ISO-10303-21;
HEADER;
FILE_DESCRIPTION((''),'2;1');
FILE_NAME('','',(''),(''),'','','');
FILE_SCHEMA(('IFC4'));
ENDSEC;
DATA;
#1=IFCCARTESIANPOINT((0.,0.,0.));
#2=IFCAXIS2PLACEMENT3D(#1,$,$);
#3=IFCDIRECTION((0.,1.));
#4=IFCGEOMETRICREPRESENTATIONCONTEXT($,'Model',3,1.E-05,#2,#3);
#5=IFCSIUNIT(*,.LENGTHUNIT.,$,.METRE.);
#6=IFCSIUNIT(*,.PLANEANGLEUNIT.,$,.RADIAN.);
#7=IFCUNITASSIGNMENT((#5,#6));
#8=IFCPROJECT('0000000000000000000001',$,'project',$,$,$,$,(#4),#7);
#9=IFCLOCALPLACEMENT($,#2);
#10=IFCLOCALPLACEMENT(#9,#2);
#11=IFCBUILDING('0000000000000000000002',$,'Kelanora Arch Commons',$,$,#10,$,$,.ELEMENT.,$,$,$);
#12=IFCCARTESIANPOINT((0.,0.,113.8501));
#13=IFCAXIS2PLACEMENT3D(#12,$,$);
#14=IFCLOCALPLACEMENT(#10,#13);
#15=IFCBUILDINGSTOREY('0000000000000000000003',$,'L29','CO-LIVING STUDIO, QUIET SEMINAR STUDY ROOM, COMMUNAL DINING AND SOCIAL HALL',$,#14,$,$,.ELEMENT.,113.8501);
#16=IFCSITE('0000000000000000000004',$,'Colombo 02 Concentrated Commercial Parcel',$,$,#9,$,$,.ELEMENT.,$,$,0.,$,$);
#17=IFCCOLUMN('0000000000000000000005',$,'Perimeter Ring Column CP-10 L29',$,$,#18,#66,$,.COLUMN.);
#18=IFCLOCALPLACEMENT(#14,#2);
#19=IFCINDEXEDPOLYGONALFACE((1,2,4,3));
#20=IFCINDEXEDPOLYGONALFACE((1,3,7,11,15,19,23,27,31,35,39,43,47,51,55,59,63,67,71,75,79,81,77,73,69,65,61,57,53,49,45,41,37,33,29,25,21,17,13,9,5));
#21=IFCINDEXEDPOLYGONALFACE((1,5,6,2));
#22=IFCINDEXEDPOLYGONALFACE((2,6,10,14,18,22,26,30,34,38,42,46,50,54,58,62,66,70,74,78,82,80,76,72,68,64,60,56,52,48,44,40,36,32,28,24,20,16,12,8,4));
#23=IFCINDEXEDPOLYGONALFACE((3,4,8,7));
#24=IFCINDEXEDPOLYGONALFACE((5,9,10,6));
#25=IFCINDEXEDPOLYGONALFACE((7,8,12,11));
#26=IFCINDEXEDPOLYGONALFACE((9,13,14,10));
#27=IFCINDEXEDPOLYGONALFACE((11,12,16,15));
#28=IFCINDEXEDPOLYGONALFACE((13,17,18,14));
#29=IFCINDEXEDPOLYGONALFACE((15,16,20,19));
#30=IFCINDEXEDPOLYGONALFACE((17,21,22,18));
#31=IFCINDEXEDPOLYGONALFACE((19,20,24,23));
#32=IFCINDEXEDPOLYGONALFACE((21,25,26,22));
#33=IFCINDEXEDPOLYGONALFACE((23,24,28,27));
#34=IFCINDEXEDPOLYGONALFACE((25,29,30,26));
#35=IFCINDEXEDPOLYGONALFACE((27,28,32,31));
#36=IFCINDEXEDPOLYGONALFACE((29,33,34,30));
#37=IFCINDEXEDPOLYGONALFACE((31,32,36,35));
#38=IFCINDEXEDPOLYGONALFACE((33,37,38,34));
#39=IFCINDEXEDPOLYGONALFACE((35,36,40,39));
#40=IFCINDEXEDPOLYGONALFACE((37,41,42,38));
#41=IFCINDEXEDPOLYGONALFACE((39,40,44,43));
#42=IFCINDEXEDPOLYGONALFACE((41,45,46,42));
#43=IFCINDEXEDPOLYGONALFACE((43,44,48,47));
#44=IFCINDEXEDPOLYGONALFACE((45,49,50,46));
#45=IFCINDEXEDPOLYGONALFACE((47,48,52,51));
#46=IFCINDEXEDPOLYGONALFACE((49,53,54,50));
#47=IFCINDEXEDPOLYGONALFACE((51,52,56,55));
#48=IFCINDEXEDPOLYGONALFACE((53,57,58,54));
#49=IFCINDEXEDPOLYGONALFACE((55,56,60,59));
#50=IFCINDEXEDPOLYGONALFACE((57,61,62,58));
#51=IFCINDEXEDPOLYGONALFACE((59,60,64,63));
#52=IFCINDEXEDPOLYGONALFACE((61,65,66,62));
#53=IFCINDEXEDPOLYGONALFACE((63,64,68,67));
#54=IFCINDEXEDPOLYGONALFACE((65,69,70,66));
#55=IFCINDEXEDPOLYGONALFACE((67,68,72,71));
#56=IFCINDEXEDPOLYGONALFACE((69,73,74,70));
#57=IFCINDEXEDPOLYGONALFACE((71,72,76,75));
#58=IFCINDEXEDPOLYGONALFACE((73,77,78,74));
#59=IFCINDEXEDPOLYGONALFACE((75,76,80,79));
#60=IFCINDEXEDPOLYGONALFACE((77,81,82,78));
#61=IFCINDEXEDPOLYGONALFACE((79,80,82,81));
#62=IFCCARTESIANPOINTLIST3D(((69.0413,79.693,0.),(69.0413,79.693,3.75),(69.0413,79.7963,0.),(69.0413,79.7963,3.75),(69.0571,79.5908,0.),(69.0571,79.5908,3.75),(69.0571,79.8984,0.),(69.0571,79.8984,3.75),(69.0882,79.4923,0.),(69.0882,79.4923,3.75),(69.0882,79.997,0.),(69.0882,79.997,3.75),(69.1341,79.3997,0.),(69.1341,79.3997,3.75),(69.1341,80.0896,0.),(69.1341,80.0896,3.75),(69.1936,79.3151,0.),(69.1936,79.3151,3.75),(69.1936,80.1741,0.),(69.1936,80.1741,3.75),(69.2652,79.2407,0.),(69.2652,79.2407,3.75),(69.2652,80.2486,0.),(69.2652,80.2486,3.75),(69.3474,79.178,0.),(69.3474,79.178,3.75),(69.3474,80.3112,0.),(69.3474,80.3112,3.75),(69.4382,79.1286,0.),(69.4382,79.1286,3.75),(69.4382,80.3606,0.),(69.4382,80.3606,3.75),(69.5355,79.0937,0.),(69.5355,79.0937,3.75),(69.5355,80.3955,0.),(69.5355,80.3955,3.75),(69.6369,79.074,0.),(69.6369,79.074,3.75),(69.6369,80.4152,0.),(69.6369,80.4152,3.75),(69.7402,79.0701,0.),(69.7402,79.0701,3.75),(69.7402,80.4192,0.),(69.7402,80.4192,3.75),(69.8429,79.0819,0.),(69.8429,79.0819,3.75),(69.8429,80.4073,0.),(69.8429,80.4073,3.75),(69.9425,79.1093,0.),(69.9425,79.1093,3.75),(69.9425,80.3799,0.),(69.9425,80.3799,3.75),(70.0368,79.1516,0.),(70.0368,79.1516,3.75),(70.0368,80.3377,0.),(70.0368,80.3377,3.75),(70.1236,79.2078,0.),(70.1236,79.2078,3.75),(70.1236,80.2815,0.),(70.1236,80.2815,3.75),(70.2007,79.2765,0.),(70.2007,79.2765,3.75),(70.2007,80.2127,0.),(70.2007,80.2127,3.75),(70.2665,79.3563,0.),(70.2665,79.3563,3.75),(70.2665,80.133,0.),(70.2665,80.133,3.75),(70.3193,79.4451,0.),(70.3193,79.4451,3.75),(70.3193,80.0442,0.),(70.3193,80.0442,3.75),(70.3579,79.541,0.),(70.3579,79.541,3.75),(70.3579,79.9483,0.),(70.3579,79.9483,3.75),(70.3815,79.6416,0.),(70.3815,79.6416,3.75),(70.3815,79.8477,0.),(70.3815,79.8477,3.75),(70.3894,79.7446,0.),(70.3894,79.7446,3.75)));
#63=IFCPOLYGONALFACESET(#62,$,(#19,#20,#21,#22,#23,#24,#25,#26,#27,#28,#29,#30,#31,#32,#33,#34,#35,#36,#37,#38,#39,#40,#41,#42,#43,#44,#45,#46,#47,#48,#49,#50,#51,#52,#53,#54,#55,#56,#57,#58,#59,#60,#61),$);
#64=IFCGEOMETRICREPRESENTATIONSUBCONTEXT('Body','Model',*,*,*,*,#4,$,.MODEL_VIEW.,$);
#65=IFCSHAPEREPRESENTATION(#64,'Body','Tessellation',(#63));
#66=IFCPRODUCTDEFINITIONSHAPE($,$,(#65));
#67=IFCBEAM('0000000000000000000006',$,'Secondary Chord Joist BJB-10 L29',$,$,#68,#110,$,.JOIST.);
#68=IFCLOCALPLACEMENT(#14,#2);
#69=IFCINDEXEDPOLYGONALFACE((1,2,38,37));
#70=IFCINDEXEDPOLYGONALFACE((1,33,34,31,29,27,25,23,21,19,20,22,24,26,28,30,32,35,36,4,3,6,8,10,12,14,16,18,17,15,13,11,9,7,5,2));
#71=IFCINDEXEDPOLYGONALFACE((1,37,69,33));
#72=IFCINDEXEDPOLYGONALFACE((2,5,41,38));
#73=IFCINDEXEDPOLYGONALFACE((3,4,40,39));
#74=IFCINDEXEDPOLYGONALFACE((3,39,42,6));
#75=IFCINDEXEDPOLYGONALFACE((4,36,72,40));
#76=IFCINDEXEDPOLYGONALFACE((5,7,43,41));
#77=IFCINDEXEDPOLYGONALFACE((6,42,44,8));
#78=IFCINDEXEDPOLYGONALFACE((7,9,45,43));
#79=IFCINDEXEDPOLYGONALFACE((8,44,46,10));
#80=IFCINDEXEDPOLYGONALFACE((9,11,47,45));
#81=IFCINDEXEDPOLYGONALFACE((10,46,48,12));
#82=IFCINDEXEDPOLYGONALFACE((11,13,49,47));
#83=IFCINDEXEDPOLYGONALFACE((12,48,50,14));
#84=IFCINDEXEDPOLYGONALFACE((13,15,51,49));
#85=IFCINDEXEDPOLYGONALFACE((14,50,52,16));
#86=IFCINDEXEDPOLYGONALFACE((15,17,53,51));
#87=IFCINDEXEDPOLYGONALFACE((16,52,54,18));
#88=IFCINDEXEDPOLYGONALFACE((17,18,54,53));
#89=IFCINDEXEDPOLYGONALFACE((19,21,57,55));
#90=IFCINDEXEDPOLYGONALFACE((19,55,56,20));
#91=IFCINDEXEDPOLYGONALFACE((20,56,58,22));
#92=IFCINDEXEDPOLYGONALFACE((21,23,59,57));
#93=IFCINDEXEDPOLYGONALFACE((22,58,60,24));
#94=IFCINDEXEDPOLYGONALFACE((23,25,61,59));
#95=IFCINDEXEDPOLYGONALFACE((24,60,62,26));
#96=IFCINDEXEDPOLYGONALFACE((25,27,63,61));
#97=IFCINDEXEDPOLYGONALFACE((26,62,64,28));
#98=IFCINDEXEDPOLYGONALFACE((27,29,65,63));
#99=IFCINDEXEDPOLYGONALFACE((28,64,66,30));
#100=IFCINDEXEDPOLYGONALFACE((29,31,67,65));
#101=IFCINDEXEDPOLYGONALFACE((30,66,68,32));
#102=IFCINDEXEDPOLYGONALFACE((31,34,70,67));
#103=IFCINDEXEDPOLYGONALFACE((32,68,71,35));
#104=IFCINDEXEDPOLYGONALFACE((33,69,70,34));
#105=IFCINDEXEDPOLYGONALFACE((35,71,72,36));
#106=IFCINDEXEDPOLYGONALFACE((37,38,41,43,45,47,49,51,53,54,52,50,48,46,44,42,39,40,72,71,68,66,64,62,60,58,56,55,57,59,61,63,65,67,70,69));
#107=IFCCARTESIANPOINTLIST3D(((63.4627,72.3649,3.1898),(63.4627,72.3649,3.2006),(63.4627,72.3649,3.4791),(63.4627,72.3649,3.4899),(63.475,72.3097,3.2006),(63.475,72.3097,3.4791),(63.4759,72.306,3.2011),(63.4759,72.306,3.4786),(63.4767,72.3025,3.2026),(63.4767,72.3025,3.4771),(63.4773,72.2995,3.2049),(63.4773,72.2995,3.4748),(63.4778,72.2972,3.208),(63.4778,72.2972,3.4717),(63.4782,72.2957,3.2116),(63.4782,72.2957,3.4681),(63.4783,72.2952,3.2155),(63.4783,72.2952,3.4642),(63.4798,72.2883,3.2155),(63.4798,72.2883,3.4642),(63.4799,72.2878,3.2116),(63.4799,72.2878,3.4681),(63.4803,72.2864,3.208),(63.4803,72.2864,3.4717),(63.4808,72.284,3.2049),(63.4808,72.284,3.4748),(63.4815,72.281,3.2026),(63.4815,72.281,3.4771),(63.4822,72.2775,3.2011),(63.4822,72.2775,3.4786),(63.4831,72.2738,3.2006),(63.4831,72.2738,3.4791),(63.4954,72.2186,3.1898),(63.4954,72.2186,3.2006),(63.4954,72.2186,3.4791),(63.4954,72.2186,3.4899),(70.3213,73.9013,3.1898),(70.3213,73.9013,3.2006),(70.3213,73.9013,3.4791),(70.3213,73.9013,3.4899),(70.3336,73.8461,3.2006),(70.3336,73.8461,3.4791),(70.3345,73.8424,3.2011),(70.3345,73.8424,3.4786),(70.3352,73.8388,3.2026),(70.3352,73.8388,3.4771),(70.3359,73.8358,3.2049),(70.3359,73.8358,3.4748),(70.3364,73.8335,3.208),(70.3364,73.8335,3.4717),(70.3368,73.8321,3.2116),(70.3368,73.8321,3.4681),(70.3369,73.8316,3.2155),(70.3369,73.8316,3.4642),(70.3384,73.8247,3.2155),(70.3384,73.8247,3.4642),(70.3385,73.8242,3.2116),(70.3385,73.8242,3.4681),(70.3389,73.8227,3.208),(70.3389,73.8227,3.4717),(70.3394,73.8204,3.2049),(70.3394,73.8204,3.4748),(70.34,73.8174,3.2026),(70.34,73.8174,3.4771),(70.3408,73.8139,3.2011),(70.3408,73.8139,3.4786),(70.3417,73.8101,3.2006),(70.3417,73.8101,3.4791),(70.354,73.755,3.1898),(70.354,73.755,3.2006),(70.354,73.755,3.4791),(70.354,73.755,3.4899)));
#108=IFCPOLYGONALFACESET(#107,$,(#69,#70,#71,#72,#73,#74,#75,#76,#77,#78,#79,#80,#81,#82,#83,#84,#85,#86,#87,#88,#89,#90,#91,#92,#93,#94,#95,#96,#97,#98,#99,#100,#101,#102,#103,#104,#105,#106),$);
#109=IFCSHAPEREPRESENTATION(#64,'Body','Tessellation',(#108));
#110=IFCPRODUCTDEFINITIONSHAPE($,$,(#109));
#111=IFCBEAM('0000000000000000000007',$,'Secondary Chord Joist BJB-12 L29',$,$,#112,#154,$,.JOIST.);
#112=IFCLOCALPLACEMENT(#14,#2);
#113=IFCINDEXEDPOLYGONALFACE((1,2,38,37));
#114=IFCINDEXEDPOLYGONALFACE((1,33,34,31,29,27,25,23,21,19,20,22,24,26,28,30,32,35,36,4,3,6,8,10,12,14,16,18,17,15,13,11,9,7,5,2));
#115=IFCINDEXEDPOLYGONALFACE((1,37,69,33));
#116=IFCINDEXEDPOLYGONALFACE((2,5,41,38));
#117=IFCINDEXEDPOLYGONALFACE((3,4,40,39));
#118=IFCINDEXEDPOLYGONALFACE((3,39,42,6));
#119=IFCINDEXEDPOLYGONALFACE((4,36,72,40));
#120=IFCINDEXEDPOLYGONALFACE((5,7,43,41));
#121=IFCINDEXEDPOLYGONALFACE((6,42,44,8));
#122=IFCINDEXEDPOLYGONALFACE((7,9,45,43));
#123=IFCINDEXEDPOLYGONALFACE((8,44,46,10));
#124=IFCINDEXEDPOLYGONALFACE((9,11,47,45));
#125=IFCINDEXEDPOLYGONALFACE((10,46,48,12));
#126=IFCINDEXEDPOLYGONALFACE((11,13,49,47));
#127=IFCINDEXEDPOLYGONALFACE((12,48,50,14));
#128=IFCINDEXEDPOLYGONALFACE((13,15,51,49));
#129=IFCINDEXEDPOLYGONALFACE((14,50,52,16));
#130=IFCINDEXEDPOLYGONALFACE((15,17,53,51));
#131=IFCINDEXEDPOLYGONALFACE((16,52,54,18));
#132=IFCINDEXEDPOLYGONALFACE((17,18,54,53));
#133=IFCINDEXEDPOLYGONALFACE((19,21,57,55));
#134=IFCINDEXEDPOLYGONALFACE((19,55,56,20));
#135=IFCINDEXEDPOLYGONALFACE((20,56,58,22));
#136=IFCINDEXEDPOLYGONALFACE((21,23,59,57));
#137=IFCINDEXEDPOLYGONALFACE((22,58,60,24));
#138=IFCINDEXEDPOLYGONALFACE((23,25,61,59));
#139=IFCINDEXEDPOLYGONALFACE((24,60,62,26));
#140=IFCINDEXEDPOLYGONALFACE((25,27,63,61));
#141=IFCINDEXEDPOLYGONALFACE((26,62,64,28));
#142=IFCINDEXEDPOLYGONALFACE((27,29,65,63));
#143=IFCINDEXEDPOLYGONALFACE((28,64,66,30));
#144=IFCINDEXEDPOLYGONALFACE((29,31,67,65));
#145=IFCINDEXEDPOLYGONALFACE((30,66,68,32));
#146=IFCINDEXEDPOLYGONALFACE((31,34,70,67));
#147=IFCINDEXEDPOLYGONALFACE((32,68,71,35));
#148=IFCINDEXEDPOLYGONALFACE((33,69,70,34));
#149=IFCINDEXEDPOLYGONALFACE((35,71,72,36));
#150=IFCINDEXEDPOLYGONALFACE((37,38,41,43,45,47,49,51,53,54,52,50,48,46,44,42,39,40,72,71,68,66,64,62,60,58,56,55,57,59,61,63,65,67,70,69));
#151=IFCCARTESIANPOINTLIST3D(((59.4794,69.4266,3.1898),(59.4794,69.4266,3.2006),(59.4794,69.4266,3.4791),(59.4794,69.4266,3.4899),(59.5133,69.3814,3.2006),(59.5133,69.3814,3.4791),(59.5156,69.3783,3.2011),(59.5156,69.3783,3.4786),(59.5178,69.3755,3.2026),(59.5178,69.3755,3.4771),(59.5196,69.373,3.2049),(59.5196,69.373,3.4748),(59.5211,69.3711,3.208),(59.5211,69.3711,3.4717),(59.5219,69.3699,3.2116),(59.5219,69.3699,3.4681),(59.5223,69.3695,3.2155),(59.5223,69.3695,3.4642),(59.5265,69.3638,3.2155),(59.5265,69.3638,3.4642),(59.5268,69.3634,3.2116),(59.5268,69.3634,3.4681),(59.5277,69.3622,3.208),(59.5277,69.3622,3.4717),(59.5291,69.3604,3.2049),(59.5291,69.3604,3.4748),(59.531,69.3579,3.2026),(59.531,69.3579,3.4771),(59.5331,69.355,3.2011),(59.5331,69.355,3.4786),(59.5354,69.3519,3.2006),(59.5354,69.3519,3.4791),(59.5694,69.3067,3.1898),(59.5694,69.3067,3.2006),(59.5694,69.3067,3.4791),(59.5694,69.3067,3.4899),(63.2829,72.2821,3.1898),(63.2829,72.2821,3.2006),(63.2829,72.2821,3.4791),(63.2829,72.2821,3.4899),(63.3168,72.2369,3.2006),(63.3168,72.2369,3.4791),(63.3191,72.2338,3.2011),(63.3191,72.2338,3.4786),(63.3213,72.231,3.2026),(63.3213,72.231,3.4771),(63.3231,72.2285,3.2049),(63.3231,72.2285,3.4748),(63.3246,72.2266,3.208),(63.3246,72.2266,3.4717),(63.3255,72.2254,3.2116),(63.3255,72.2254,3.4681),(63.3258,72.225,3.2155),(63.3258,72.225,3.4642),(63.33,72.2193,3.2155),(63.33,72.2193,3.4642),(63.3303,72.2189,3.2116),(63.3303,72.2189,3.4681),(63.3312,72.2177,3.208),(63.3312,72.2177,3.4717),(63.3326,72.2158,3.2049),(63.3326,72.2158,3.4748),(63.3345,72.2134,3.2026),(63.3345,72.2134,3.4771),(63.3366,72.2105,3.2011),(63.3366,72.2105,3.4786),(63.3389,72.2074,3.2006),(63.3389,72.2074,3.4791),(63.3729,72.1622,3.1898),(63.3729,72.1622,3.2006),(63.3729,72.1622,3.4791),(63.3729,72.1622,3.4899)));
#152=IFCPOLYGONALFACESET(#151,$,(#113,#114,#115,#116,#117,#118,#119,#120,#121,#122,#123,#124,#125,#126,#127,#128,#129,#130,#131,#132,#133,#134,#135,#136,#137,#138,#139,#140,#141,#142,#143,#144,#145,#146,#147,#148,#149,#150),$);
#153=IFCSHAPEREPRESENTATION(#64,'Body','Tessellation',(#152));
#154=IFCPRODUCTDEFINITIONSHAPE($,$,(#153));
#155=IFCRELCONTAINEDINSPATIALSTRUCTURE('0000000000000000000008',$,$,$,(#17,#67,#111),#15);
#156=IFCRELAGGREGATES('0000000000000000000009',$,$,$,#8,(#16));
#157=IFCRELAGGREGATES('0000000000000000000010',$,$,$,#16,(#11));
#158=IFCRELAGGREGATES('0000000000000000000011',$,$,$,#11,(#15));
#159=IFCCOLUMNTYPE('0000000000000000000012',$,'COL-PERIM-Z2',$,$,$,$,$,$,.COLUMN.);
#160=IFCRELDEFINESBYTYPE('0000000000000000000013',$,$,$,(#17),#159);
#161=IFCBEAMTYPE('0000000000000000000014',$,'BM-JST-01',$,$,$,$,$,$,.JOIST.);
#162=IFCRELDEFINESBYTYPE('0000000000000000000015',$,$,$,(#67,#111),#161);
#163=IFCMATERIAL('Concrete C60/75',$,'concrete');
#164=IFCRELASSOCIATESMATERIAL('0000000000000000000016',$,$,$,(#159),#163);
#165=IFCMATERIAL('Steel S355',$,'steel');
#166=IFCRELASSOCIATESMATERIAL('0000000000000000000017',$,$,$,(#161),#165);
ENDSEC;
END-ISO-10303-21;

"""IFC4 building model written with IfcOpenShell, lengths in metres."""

from ifc_helpers import new_model, si_unit, direction, frame, origin, origin_2d, place, context, subcontext, project, spatial, circle, i_section, extrude, material, material_profile, profile_set, type_object, element, save


model = new_model("IFC4")

# Units and contexts
model_context = context("Model", 3, precision=1e-05, world=origin(), true_north=direction((0.0, 1.0)))
body_context = subcontext(model_context, "Body", "Model", "MODEL_VIEW")
ifc_project = project(units=[si_unit("LENGTHUNIT", "METRE"), si_unit("PLANEANGLEUNIT", "RADIAN")], contexts=[model_context])

# Site, building, storey
site_placement = place(None, origin())
site = spatial("IfcSite", under=ifc_project, at=site_placement, Name="Colombo 02 Concentrated Commercial Parcel", CompositionType="ELEMENT", RefElevation=0.0)
building_placement = place(site_placement, origin())
building = spatial("IfcBuilding", under=site, at=building_placement, Name="Kelanora Arch Commons", CompositionType="ELEMENT")
storey_placement = place(building_placement, frame((0.0, 0.0, 113.8501)))
storey = spatial("IfcBuildingStorey", under=building, at=storey_placement, Name="L29", Description="CO-LIVING STUDIO, QUIET SEMINAR STUDY ROOM, COMMUNAL DINING AND SOCIAL HALL", CompositionType="ELEMENT", Elevation=113.8501)

# Column
ifc_material_1 = material(Name="Concrete C60/75", Category="concrete")
ifc_material_profile_1 = material_profile(ifc_material_1, circle(Radius=0.675, at=origin_2d()), Name="RCC1350")
ifc_profile_set_1 = profile_set([ifc_material_profile_1], Name="Concrete C60/75")
column_type = type_object("IfcColumnType", Name="COL-PERIM-Z2", PredefinedType="COLUMN", material=ifc_profile_set_1)
column_placement = place(storey_placement, frame((69.7144, 79.7446, 0.0), z_axis=(0.0, 0.0, 1.0), x_axis=(1.0, 0.0, 0.0)))
element("IfcColumn", 1, at=column_placement, inside=storey, type_object=column_type, Name="Perimeter Ring Column CP-10 L29", PredefinedType="COLUMN", context=body_context, shape_type="SweptSolid", body=[
    extrude(circle(Radius=0.675, at=origin_2d()), origin(), (0.0, 0.0, 1.0), 3.75),
])

# Beams
ifc_material_2 = material(Name="Steel S355", Category="steel")
ifc_material_profile_2 = material_profile(ifc_material_2, i_section(OverallWidth=0.1499, OverallDepth=0.3, WebThickness=0.0071, FlangeThickness=0.0107, FilletRadius=0.0149, at=origin_2d()), Name="IPE300")
ifc_profile_set_2 = profile_set([ifc_material_profile_2], Name="Steel S355")
beam_type_1 = type_object("IfcBeamType", Name="BM-JST-01", PredefinedType="JOIST", material=ifc_profile_set_2)
beam_1_placement = place(storey_placement, frame((70.3376, 73.8281, 3.3398), z_axis=(-0.975817, -0.218589, 0.0), x_axis=(0.218589, -0.975817, 0.0)))
element("IfcBeam", 2, at=beam_1_placement, inside=storey, type_object=beam_type_1, Name="Secondary Chord Joist BJB-10 L29", PredefinedType="JOIST", context=body_context, shape_type="SweptSolid", body=[
    extrude(i_section(OverallWidth=0.1499, OverallDepth=0.3, WebThickness=0.0071, FlangeThickness=0.0107, FilletRadius=0.0149, at=origin_2d()), origin(), (0.0, 0.0, 1.0), 7.0286),
])
beam_2_placement = place(storey_placement, frame((63.3279, 72.2222, 3.3398), z_axis=(-0.79971, -0.600386, 0.0), x_axis=(0.600386, -0.79971, 0.0)))
element("IfcBeam", 3, at=beam_2_placement, inside=storey, type_object=beam_type_1, Name="Secondary Chord Joist BJB-12 L29", PredefinedType="JOIST", context=body_context, shape_type="SweptSolid", body=[
    extrude(i_section(OverallWidth=0.1499, OverallDepth=0.3, WebThickness=0.0071, FlangeThickness=0.0107, FilletRadius=0.0149, at=origin_2d()), origin(), (0.0, 0.0, 1.0), 4.7561),
])

save(model, "model.ifc")
